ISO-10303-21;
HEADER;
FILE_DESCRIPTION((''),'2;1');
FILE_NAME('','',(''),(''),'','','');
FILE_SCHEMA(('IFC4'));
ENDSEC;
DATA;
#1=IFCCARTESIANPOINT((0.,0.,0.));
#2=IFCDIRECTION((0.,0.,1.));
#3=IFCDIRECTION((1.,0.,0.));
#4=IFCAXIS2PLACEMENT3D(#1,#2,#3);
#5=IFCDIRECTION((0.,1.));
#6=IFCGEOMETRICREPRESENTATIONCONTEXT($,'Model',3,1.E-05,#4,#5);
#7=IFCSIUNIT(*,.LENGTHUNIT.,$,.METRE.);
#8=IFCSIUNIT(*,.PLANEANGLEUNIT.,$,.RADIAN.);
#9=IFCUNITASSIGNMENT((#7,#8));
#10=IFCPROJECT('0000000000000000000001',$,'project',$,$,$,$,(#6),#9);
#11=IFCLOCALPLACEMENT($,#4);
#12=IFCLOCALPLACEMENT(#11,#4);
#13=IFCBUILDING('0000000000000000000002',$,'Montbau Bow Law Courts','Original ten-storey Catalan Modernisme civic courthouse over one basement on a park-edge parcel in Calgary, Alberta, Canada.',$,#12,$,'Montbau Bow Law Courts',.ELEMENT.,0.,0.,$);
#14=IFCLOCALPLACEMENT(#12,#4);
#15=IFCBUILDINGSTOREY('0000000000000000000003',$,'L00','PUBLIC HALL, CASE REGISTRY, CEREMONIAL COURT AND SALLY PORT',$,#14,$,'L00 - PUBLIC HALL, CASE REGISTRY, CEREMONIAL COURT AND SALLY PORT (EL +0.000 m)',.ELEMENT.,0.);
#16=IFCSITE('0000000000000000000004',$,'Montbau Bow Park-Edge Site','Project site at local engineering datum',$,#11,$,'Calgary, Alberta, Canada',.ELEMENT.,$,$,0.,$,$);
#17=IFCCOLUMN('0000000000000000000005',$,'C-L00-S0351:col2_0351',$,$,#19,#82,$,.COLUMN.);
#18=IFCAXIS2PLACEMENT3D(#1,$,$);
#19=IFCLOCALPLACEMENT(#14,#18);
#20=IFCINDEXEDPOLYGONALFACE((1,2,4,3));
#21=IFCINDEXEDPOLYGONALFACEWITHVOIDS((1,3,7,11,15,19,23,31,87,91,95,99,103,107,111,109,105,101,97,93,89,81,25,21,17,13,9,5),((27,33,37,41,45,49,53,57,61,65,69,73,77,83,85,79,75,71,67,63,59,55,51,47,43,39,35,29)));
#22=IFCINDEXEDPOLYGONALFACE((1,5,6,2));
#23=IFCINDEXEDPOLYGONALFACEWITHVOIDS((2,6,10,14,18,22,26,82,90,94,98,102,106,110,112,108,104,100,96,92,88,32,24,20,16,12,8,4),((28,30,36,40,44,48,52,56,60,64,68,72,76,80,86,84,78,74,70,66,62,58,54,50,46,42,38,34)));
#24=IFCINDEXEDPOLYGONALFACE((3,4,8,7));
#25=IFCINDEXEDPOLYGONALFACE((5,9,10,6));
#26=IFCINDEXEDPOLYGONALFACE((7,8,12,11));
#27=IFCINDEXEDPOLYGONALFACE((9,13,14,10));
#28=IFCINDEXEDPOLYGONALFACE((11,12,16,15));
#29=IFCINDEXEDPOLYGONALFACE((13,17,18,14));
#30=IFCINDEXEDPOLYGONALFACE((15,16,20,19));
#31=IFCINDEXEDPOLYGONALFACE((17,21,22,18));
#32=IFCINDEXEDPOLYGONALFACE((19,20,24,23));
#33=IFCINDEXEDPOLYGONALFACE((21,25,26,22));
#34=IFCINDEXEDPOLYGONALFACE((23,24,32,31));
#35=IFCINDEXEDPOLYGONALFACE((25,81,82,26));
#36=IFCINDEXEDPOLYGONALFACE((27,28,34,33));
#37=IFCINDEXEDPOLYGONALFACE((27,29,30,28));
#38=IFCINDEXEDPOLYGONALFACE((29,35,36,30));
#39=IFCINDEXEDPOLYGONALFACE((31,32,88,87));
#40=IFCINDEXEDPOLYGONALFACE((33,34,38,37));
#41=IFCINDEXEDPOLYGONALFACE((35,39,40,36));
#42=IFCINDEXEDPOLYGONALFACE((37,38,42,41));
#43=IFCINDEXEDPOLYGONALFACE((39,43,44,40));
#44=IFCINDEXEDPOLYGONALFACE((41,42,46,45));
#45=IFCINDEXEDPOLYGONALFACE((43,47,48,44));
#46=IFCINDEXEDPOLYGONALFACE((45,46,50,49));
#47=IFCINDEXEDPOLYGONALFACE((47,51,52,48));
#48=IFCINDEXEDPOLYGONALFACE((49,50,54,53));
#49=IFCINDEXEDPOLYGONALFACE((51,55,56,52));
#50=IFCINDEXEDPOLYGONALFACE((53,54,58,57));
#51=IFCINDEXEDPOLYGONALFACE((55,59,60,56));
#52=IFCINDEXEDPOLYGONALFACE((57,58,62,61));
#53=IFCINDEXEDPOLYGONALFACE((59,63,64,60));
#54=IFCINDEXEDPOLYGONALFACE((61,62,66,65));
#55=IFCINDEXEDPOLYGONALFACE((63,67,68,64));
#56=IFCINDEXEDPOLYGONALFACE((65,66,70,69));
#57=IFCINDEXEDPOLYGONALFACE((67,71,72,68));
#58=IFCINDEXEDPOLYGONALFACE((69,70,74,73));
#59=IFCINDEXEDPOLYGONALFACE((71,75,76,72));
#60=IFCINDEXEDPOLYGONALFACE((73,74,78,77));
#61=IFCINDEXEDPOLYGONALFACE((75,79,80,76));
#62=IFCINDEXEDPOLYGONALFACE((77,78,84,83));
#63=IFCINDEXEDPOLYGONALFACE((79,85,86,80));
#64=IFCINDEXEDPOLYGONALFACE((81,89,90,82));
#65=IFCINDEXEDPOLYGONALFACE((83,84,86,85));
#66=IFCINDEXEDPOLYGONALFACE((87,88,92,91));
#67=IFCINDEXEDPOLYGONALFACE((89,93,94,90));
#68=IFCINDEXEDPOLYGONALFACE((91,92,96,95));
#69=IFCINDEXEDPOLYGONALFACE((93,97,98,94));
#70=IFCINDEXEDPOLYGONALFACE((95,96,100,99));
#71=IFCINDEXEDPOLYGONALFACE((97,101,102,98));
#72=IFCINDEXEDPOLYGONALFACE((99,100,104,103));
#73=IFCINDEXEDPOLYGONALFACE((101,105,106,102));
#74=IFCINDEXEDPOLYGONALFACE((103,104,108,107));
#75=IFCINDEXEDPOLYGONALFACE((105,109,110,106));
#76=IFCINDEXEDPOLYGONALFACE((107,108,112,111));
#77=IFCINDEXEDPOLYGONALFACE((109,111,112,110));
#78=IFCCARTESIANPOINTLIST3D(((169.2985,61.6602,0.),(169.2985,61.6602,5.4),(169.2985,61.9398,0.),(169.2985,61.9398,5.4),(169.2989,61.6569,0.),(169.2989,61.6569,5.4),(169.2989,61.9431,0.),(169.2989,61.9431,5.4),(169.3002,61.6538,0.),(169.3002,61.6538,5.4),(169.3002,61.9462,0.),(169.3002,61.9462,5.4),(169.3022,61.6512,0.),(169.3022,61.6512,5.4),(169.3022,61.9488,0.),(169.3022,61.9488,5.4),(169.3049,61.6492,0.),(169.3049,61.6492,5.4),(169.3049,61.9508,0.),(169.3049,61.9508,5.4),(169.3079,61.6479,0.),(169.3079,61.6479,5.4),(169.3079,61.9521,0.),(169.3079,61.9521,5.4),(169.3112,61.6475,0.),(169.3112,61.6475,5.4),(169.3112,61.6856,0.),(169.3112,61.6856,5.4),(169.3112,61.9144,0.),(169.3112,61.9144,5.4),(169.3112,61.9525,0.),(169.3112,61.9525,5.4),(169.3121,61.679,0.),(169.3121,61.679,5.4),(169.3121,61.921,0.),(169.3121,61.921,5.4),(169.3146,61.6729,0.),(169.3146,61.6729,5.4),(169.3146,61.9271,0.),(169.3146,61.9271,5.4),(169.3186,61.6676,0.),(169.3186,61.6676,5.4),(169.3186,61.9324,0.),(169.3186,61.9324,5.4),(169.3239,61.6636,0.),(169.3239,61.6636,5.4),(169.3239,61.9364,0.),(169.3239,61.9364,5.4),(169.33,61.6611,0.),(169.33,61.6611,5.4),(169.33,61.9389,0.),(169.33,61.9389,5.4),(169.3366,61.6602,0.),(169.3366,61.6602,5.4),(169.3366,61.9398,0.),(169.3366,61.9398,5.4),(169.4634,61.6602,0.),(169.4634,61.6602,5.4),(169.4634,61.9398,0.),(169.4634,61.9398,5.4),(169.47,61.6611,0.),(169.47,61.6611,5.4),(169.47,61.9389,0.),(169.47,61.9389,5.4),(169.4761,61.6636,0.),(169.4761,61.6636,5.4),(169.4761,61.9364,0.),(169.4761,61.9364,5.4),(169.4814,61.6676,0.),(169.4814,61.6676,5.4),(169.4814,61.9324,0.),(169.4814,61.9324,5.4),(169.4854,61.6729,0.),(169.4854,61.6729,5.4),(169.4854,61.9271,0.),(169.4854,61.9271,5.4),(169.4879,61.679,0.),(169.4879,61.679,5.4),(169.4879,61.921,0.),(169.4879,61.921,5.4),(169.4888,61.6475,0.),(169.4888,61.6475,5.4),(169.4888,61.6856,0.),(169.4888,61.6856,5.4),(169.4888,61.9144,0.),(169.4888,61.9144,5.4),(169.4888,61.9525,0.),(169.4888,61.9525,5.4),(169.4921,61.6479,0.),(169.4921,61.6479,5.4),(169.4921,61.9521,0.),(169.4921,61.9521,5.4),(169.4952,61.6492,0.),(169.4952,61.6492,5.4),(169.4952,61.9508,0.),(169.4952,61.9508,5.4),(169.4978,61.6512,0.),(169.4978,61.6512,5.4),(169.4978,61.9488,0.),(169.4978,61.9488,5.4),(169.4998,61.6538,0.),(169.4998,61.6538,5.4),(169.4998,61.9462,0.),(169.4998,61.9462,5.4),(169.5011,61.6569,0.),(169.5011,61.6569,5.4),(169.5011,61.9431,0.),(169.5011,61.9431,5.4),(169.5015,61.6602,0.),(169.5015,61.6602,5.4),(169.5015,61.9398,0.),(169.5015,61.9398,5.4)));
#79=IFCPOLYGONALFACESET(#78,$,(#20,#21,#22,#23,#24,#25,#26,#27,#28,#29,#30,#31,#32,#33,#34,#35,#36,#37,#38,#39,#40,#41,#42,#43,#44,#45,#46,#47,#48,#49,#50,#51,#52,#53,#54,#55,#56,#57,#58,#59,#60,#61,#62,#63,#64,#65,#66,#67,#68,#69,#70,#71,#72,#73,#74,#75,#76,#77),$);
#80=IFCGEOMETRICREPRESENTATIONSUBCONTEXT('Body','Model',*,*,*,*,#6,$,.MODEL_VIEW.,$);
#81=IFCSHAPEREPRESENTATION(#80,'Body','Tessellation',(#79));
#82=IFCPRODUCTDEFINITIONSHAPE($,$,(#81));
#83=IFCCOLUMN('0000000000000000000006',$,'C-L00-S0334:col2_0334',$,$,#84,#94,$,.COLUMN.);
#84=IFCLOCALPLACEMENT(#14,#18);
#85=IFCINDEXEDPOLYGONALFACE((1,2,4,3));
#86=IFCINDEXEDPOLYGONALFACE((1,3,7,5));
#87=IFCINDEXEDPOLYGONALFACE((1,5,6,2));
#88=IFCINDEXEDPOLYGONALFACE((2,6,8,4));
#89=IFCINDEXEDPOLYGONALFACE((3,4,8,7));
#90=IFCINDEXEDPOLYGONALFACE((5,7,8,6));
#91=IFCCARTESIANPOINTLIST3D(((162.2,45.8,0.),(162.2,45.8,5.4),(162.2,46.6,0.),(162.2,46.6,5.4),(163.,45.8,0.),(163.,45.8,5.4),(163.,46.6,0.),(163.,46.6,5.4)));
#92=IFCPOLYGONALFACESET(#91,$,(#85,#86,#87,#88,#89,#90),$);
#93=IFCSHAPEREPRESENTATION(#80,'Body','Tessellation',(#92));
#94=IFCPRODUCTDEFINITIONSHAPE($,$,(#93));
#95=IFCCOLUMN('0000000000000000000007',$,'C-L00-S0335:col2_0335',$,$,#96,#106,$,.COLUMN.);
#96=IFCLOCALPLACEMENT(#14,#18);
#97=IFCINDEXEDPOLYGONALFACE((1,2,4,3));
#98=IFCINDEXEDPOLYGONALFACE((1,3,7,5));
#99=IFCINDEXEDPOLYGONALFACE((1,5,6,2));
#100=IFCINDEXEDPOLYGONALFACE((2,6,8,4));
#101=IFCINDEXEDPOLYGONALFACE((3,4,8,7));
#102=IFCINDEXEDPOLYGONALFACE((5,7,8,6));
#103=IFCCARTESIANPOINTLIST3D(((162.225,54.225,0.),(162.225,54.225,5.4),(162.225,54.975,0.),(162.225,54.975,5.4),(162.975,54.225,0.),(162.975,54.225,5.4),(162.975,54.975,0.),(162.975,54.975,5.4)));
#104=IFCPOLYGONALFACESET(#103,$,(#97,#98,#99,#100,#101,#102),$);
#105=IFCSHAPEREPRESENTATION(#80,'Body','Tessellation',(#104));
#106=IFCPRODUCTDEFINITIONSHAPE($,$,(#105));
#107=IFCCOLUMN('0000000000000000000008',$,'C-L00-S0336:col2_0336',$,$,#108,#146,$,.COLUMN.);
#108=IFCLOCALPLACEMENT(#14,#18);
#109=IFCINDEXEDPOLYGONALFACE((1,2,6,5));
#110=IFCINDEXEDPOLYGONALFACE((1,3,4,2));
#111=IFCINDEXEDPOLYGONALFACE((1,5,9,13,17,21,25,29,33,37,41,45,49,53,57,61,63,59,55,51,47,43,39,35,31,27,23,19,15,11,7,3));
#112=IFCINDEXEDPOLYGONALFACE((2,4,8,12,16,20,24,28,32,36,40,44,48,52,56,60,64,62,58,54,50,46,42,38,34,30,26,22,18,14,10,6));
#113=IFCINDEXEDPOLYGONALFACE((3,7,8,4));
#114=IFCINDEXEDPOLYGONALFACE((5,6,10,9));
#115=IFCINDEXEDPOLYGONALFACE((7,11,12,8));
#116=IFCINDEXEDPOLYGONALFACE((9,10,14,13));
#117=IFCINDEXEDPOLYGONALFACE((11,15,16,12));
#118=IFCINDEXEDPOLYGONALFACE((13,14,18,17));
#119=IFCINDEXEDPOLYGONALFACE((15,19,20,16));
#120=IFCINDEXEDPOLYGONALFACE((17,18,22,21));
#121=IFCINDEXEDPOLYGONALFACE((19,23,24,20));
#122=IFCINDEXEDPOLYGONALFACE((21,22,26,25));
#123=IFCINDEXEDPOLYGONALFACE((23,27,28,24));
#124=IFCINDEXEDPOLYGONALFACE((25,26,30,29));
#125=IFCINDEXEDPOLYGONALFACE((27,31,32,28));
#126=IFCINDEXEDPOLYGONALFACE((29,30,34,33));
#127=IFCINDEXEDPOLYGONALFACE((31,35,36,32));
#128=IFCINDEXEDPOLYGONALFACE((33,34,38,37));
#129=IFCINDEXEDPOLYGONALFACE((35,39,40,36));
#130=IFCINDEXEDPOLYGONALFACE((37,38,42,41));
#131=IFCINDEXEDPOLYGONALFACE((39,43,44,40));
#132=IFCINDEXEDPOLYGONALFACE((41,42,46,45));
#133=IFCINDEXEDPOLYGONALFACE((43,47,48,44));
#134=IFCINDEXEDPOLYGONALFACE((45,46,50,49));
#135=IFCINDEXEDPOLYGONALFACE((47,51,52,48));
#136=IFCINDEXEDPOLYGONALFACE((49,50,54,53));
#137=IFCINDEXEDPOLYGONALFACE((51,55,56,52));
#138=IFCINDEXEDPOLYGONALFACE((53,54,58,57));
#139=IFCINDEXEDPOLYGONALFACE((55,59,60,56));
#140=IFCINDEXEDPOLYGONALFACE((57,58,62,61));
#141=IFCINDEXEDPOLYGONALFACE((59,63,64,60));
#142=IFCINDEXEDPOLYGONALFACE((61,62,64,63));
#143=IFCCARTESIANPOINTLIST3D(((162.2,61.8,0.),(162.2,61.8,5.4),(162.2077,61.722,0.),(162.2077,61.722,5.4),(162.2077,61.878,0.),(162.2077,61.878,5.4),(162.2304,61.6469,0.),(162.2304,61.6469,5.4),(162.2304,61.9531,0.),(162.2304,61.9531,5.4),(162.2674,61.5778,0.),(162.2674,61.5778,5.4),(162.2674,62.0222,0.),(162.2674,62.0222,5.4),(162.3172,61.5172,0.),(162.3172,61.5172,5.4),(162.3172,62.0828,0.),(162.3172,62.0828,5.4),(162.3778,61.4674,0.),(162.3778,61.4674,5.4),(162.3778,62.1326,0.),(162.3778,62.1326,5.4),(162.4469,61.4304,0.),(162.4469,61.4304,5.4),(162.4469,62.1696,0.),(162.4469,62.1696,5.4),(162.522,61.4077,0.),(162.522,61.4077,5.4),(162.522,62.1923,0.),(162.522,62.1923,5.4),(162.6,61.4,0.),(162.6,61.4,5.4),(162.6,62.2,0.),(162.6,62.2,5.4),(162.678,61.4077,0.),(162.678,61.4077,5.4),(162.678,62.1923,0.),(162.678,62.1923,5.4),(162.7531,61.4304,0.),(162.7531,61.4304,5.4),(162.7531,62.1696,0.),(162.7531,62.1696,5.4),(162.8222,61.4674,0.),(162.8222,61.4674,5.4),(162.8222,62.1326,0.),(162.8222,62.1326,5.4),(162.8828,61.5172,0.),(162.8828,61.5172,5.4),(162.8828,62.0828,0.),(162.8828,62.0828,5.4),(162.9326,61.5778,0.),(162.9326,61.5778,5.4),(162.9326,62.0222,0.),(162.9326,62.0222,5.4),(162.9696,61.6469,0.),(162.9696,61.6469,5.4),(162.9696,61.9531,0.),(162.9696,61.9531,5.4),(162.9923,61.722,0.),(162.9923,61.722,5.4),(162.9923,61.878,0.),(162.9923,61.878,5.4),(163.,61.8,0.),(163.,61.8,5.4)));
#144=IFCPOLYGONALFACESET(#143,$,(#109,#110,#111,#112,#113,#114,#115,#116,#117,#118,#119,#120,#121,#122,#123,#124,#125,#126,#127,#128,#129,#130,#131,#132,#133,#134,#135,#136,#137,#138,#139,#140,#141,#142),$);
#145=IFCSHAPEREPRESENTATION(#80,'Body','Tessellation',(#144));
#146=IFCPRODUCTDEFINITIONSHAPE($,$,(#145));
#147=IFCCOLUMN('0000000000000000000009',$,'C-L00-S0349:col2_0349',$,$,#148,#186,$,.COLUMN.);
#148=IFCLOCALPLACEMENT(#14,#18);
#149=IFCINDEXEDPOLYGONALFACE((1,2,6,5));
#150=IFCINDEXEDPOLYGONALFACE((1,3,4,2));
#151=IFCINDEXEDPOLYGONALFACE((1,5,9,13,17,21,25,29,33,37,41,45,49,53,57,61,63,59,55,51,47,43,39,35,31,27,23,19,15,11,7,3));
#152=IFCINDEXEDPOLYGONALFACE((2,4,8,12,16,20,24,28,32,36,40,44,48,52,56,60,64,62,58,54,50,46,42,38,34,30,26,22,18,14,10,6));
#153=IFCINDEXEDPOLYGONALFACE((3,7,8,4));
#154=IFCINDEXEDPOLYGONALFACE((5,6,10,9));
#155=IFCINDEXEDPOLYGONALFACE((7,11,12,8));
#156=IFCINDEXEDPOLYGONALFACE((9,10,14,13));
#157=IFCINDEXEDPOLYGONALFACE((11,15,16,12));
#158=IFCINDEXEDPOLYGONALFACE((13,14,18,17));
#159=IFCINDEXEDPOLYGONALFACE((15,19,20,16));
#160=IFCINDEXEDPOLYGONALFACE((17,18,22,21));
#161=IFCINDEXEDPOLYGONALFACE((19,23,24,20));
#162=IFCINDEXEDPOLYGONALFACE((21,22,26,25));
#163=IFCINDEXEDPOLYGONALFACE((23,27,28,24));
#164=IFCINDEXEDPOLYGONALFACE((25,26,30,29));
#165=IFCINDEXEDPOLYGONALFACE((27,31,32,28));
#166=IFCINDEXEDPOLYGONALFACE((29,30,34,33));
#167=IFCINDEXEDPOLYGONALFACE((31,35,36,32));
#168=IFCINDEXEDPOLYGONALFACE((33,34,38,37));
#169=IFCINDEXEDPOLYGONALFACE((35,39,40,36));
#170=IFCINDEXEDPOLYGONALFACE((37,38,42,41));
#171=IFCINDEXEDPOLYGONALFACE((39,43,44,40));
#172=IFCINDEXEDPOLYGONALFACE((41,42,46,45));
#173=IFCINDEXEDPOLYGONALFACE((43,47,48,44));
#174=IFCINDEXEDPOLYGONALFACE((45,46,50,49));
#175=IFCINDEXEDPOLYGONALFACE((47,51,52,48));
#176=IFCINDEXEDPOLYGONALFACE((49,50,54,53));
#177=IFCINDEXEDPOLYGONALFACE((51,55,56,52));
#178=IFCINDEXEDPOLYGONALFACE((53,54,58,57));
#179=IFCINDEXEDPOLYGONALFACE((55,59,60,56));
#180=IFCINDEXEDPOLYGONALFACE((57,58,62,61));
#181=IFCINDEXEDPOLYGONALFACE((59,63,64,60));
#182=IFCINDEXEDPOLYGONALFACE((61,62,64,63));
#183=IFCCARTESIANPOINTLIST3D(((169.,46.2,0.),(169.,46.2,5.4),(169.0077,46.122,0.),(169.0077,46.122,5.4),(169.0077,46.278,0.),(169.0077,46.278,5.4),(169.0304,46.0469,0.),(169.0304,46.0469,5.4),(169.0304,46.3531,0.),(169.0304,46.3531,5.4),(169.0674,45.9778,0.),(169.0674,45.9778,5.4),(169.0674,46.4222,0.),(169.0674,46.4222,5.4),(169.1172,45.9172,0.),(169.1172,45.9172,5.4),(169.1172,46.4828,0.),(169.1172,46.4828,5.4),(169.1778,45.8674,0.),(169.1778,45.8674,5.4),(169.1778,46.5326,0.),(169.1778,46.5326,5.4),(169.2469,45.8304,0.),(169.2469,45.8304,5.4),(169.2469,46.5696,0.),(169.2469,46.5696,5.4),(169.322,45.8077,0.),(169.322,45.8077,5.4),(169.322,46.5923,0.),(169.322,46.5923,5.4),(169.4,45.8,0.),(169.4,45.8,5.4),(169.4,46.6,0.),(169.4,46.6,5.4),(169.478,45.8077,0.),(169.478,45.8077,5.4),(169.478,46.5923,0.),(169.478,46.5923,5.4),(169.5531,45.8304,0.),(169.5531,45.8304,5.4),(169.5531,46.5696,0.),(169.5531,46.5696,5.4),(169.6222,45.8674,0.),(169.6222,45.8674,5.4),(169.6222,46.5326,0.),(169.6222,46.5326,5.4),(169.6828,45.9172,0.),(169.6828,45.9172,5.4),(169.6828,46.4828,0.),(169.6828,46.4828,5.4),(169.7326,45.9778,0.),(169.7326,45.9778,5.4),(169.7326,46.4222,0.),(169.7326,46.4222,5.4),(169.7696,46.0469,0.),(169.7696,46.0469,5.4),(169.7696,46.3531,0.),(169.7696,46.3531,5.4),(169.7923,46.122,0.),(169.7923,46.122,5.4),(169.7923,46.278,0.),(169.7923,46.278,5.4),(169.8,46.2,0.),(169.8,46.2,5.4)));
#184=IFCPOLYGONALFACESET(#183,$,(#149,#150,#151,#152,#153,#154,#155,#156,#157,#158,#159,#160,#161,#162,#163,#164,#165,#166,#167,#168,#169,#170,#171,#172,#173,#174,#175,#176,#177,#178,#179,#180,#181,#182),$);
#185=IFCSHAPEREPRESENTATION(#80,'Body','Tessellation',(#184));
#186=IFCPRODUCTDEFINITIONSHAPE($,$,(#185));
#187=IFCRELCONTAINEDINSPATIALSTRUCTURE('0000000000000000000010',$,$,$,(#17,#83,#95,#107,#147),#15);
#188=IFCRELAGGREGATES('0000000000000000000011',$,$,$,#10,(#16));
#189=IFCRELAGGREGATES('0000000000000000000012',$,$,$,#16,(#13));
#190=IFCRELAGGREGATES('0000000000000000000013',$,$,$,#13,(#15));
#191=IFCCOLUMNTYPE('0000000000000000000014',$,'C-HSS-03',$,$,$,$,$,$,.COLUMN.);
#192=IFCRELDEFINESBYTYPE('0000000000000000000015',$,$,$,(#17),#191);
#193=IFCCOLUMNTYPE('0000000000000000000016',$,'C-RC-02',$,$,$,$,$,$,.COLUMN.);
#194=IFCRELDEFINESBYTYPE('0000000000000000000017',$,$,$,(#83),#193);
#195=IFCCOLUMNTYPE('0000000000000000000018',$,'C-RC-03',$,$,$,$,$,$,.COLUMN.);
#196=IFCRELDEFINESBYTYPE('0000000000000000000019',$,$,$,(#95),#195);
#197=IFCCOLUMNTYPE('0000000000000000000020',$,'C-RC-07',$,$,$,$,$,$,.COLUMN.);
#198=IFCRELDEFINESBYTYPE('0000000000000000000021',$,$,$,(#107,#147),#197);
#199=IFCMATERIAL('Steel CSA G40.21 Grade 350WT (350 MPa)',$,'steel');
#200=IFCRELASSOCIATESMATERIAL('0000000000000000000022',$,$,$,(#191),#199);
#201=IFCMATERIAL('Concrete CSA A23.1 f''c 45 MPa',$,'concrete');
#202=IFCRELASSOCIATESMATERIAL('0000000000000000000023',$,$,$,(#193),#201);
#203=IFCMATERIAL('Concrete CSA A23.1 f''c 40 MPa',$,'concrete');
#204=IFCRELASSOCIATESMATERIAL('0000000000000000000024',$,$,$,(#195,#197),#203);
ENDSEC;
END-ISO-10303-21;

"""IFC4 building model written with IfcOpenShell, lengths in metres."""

from ifc_helpers import new_model, si_unit, direction, frame, origin_with_axes, origin_2d_with_axis, place, context, subcontext, project, spatial, rectangle, hollow_rectangle, circle, extrude, material, material_profile, profile_set, type_object, element, save


model = new_model("IFC4")

# Units and contexts
model_context = context("Model", 3, precision=1e-05, world=origin_with_axes(), true_north=direction((0.0, 1.0)))
body_context = subcontext(model_context, "Body", "Model", "MODEL_VIEW")
ifc_project = project(units=[si_unit("LENGTHUNIT", "METRE"), si_unit("PLANEANGLEUNIT", "RADIAN")], contexts=[model_context])

# Site, building, storey
site_placement = place(None, origin_with_axes())
site = spatial("IfcSite", under=ifc_project, at=site_placement, Name="Montbau Bow Park-Edge Site", Description="Project site at local engineering datum", LongName="Calgary, Alberta, Canada", CompositionType="ELEMENT", RefElevation=0.0)
building_placement = place(site_placement, origin_with_axes())
building = spatial("IfcBuilding", under=site, at=building_placement, Name="Montbau Bow Law Courts", Description="Original ten-storey Catalan Modernisme civic courthouse over one basement on a park-edge parcel in Calgary, Alberta, Canada.", LongName="Montbau Bow Law Courts", CompositionType="ELEMENT", ElevationOfRefHeight=0.0, ElevationOfTerrain=0.0)
storey_placement = place(building_placement, origin_with_axes())
storey = spatial("IfcBuildingStorey", under=building, at=storey_placement, Name="L00", Description="PUBLIC HALL, CASE REGISTRY, CEREMONIAL COURT AND SALLY PORT", LongName="L00 - PUBLIC HALL, CASE REGISTRY, CEREMONIAL COURT AND SALLY PORT (EL +0.000 m)", CompositionType="ELEMENT", Elevation=0.0)

# Columns
ifc_material_1 = material(Name="Steel CSA G40.21 Grade 350WT (350 MPa)", Category="steel")
ifc_material_profile_1 = material_profile(ifc_material_1, hollow_rectangle(XDim=0.203, YDim=0.305, WallThickness=0.0127, InnerFilletRadius=0.0254, OuterFilletRadius=0.0127, at=origin_2d_with_axis()), Name="HSS305X203X13", Category="Main", Priority=0)
ifc_profile_set_1 = profile_set([ifc_material_profile_1], Name="Steel CSA G40.21 Grade 350WT (350 MPa)")
column_type_1 = type_object("IfcColumnType", Name="C-HSS-03", PredefinedType="COLUMN", material=ifc_profile_set_1)
column_1_placement = place(None, frame((169.4, 61.8, 0.0), z_axis=(0.0, 0.0, 1.0), x_axis=(1.0, 0.0, 0.0)))
element("IfcColumn", 1, at=column_1_placement, inside=storey, type_object=column_type_1, Name="C-L00-S0351:col2_0351", PredefinedType="COLUMN", context=body_context, shape_type="SweptSolid", body=[
    extrude(hollow_rectangle(XDim=0.203, YDim=0.305, WallThickness=0.0127, InnerFilletRadius=0.0254, OuterFilletRadius=0.0127, at=origin_2d_with_axis()), origin_with_axes(), (0.0, 0.0, 1.0), 5.4),
])
ifc_material_2 = material(Name="Concrete CSA A23.1 f'c 45 MPa", Category="concrete")
ifc_material_profile_2 = material_profile(ifc_material_2, rectangle(XDim=0.8, YDim=0.8, at=origin_2d_with_axis()), Name="RC800X800", Category="Main", Priority=0)
ifc_profile_set_2 = profile_set([ifc_material_profile_2], Name="Concrete CSA A23.1 f'c 45 MPa")
column_type_2 = type_object("IfcColumnType", Name="C-RC-02", PredefinedType="COLUMN", material=ifc_profile_set_2)
column_2_placement = place(None, frame((162.6, 46.2, 0.0), z_axis=(0.0, 0.0, 1.0), x_axis=(1.0, 0.0, 0.0)))
element("IfcColumn", 2, at=column_2_placement, inside=storey, type_object=column_type_2, Name="C-L00-S0334:col2_0334", PredefinedType="COLUMN", context=body_context, shape_type="SweptSolid", body=[
    extrude(rectangle(XDim=0.8, YDim=0.8, at=origin_2d_with_axis()), origin_with_axes(), (0.0, 0.0, 1.0), 5.4),
])
ifc_material_3 = material(Name="Concrete CSA A23.1 f'c 40 MPa", Category="concrete")
ifc_material_profile_3 = material_profile(ifc_material_3, rectangle(XDim=0.75, YDim=0.75, at=origin_2d_with_axis()), Name="RC750X750", Category="Main", Priority=0)
ifc_profile_set_3 = profile_set([ifc_material_profile_3], Name="Concrete CSA A23.1 f'c 40 MPa")
column_type_3 = type_object("IfcColumnType", Name="C-RC-03", PredefinedType="COLUMN", material=ifc_profile_set_3)
column_3_placement = place(None, frame((162.6, 54.6, 0.0), z_axis=(0.0, 0.0, 1.0), x_axis=(1.0, 0.0, 0.0)))
element("IfcColumn", 3, at=column_3_placement, inside=storey, type_object=column_type_3, Name="C-L00-S0335:col2_0335", PredefinedType="COLUMN", context=body_context, shape_type="SweptSolid", body=[
    extrude(rectangle(XDim=0.75, YDim=0.75, at=origin_2d_with_axis()), origin_with_axes(), (0.0, 0.0, 1.0), 5.4),
])
ifc_material_profile_4 = material_profile(ifc_material_3, circle(Radius=0.4, at=origin_2d_with_axis()), Name="RC800D", Category="Main", Priority=0)
ifc_profile_set_4 = profile_set([ifc_material_profile_4], Name="Concrete CSA A23.1 f'c 40 MPa")
column_type_4 = type_object("IfcColumnType", Name="C-RC-07", PredefinedType="COLUMN", material=ifc_profile_set_4)
for number, where, z_axis, x_axis, name in (
    (4, (162.6, 61.8, 0.0), (0.0, 0.0, 1.0), (1.0, 0.0, 0.0), "C-L00-S0336:col2_0336"),
    (5, (169.4, 46.2, 0.0), (0.0, 0.0, 1.0), (1.0, 0.0, 0.0), "C-L00-S0349:col2_0349"),
):
    element("IfcColumn", number, at=place(None, frame(where, z_axis=z_axis, x_axis=x_axis)), inside=storey, type_object=column_type_4, Name=name, PredefinedType="COLUMN", context=body_context, shape_type="SweptSolid", body=[
        extrude(circle(Radius=0.4, at=origin_2d_with_axis()), origin_with_axes(), (0.0, 0.0, 1.0), 5.4),
    ])

save(model, "model.ifc")
